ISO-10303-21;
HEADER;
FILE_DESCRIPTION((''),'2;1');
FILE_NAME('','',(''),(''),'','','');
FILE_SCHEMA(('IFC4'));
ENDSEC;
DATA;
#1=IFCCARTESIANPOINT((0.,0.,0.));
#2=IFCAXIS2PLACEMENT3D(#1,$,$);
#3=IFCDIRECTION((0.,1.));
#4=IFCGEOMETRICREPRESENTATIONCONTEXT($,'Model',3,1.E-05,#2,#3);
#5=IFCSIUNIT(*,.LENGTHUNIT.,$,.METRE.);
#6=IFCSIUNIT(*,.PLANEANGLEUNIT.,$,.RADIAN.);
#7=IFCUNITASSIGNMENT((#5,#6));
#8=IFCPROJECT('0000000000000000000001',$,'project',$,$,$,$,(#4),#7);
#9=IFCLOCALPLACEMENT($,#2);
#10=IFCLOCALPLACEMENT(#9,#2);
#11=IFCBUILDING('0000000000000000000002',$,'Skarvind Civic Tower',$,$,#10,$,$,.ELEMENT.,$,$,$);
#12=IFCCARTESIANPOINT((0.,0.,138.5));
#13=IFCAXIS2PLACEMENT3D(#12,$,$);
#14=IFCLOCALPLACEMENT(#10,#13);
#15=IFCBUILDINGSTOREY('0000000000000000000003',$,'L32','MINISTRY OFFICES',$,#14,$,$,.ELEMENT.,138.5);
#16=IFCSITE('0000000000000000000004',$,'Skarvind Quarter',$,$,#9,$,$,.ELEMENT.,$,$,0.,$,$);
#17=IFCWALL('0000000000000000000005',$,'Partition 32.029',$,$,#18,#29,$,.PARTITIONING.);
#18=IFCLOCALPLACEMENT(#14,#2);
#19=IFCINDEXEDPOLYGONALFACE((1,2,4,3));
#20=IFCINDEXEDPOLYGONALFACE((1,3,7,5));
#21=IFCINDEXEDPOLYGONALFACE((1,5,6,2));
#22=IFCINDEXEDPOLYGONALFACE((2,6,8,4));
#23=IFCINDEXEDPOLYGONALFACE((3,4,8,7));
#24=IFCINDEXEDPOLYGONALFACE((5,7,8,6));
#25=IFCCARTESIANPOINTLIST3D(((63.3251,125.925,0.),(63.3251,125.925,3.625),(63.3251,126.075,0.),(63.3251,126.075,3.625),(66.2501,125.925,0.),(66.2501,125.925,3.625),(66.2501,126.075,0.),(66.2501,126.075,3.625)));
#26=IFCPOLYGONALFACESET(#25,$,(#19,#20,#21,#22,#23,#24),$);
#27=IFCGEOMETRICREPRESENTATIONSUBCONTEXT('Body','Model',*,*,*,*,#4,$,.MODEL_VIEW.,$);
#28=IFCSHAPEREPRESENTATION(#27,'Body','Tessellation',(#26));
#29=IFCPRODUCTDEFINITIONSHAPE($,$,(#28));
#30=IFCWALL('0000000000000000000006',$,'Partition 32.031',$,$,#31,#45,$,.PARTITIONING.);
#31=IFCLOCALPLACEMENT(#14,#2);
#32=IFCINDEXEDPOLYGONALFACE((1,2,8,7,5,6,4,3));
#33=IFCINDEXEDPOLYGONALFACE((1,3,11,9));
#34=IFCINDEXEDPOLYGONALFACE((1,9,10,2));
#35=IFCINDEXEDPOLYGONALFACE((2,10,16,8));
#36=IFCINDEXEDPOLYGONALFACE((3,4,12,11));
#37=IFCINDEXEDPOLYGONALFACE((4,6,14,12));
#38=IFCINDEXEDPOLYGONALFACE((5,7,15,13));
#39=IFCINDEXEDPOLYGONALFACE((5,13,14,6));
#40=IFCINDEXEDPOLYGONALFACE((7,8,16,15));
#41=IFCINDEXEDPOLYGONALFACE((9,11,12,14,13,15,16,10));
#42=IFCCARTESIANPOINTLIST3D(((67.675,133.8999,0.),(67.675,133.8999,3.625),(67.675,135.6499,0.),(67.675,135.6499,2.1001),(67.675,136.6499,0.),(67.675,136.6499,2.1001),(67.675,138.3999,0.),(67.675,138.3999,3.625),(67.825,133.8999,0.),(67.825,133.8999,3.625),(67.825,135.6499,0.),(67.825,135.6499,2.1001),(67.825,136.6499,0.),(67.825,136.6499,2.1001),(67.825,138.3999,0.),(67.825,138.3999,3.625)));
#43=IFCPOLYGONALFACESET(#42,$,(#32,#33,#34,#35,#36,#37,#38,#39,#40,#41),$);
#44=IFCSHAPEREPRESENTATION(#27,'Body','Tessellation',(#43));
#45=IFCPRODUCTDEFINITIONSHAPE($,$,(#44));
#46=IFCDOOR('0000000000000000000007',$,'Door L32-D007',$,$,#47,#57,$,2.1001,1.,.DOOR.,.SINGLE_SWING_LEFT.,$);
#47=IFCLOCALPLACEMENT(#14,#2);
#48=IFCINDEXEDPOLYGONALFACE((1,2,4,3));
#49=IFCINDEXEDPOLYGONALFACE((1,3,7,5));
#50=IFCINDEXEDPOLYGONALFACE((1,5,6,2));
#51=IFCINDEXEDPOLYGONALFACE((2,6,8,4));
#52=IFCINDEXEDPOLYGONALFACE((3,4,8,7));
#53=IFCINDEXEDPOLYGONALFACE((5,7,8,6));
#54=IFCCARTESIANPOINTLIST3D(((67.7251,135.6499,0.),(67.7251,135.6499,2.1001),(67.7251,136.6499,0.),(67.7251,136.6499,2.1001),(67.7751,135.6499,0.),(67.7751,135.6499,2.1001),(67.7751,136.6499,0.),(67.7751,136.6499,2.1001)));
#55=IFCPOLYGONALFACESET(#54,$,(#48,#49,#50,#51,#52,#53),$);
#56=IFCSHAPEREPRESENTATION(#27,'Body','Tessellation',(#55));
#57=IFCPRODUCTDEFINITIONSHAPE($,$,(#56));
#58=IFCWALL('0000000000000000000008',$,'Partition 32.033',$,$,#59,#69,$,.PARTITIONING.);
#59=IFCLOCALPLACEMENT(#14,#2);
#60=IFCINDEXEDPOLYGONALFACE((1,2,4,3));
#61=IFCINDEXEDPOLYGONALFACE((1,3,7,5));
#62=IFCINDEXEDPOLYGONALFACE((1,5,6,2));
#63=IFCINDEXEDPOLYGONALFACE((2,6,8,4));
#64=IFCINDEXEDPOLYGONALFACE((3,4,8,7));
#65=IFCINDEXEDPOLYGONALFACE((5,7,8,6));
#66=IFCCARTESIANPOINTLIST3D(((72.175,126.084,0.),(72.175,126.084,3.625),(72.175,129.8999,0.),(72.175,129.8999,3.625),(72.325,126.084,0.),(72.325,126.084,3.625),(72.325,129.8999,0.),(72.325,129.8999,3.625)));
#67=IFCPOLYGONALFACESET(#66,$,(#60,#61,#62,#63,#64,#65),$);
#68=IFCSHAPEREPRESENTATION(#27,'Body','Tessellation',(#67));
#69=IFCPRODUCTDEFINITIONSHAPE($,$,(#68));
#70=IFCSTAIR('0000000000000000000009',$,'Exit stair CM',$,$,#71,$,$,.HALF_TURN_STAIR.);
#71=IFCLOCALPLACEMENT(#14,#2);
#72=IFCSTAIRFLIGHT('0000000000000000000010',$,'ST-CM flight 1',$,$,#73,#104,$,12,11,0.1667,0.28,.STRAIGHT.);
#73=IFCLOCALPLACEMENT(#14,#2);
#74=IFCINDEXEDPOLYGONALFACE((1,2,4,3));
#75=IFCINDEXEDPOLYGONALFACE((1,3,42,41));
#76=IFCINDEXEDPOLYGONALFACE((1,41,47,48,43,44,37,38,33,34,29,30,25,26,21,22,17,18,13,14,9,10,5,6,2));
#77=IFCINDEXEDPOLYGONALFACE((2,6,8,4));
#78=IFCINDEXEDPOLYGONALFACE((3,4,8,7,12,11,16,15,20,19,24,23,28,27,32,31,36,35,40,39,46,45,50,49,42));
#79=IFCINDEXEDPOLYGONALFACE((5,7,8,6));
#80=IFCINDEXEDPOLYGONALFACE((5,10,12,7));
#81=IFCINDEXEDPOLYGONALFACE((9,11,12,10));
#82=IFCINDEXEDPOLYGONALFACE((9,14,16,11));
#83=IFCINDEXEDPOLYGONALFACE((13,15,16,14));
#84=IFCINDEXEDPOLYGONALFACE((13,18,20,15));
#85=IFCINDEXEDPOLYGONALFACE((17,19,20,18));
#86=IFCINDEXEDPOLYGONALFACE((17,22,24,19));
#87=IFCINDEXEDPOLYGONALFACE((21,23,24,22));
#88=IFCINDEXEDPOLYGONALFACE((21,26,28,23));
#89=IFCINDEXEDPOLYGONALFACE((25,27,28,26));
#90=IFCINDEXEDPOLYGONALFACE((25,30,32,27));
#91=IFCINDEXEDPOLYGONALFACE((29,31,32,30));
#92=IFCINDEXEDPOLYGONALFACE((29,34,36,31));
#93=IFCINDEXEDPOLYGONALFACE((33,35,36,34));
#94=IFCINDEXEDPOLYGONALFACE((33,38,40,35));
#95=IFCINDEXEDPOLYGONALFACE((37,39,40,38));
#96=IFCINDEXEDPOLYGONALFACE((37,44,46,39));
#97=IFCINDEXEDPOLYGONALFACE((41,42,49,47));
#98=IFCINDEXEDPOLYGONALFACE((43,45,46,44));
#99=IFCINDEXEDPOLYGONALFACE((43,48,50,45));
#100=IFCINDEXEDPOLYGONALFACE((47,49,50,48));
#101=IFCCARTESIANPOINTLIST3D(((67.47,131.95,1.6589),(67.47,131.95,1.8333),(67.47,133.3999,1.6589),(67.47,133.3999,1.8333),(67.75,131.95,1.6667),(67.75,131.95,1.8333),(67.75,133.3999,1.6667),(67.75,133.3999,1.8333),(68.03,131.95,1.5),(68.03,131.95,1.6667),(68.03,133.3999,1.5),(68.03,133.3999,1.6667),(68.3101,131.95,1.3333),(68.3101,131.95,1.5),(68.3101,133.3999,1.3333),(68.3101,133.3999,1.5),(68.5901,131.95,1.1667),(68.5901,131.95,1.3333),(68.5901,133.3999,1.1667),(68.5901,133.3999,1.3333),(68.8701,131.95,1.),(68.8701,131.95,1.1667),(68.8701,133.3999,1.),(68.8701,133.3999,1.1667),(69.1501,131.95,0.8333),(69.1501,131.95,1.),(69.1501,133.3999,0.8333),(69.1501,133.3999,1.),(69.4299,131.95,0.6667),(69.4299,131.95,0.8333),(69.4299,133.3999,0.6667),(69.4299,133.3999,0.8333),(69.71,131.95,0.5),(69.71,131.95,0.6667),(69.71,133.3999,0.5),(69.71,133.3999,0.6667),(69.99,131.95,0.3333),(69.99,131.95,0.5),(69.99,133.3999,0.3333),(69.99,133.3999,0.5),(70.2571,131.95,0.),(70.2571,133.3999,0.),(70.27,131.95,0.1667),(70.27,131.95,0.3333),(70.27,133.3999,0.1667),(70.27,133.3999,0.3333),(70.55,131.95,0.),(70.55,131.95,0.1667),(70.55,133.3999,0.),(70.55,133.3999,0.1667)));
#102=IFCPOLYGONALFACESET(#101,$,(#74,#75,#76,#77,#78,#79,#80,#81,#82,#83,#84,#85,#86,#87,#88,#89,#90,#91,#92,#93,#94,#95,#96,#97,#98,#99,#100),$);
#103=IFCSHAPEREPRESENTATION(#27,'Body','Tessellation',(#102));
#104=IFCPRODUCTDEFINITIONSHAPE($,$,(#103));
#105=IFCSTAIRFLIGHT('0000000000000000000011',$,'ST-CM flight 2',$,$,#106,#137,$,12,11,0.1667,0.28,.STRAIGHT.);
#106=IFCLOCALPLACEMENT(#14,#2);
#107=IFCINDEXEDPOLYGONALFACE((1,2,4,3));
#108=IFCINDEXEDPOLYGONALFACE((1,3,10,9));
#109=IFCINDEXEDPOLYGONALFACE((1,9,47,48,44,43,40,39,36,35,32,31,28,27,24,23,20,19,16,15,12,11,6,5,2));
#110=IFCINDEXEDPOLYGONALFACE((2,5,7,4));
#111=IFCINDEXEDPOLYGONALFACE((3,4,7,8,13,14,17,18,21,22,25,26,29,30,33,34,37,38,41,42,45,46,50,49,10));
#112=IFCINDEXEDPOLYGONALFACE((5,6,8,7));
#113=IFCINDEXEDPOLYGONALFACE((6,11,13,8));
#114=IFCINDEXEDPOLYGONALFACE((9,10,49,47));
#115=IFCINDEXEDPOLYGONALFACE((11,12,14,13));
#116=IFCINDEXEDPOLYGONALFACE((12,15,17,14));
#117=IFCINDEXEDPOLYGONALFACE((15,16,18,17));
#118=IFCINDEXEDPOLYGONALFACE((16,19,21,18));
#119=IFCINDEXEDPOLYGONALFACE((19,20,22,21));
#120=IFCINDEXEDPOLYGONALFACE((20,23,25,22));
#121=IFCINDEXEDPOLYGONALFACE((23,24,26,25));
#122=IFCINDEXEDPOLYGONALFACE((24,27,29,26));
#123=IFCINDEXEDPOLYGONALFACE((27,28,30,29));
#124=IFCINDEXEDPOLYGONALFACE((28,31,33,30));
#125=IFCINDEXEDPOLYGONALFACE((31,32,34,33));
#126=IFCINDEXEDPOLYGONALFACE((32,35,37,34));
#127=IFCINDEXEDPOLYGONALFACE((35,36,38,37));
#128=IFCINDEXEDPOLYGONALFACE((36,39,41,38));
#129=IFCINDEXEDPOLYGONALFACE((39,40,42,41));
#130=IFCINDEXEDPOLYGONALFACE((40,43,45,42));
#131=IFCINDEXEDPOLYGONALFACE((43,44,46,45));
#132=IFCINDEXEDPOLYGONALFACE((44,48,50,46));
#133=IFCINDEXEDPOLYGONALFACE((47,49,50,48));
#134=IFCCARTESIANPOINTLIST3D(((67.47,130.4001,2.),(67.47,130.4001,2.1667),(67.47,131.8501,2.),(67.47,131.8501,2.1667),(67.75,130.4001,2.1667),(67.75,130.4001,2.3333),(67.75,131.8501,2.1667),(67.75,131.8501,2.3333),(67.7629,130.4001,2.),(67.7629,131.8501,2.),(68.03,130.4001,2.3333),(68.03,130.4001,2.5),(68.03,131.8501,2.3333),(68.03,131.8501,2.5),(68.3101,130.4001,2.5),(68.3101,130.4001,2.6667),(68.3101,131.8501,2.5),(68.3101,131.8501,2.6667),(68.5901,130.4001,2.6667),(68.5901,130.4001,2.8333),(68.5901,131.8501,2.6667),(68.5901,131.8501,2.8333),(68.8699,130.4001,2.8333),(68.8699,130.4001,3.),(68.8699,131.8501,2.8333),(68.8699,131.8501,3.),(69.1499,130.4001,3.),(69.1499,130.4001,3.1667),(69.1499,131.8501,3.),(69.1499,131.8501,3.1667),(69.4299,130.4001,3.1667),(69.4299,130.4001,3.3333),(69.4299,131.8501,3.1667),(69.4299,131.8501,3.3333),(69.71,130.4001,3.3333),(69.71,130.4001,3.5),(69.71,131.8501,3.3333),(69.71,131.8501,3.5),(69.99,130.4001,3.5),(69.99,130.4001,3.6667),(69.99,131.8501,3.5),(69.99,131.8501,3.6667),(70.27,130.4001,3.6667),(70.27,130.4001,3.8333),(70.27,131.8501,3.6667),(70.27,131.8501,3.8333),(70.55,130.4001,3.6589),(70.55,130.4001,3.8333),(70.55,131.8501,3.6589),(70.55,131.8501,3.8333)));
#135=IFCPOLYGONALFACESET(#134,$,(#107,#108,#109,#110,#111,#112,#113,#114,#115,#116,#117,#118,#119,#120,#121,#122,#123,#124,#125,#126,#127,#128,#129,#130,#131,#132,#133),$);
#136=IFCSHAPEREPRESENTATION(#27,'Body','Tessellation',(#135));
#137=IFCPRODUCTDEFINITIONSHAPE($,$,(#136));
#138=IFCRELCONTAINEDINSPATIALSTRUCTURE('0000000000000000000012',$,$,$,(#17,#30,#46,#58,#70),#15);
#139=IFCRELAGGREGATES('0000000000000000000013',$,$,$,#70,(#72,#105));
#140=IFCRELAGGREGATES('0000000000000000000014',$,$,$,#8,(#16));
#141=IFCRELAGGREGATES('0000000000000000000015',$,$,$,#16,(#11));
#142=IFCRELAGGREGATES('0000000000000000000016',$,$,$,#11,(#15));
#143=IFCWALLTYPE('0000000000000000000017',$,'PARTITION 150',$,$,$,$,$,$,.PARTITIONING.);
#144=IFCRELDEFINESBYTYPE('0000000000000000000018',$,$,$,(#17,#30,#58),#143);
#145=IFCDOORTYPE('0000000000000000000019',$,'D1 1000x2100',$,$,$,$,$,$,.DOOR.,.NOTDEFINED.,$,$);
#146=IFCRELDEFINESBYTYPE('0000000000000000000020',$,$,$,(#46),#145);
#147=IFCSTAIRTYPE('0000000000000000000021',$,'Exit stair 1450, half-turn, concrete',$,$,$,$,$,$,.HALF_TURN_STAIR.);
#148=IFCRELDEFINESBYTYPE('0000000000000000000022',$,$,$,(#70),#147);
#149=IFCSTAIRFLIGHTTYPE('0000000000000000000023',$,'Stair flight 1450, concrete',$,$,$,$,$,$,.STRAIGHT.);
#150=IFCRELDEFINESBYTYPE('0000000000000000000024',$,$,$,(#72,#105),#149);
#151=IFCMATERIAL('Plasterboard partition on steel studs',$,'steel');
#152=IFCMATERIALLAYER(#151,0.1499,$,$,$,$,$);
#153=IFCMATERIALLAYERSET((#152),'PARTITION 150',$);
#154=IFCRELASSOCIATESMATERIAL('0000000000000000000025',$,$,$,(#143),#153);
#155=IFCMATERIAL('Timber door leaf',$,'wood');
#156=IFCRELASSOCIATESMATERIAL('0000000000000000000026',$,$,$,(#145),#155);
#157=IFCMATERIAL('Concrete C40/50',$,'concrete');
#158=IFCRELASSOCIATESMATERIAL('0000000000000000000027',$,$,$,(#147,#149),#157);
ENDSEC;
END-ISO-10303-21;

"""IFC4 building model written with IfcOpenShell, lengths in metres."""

from ifc_helpers import new_model, si_unit, direction, frame, frame_2d, origin, place, context, subcontext, project, spatial, polyline, rectangle, outline, extrude, material, layer, layer_set, type_object, element, fill, aggregate, save


model = new_model("IFC4")

# Units and contexts
model_context = context("Model", 3, precision=1e-05, world=origin(), true_north=direction((0.0, 1.0)))
body_context = subcontext(model_context, "Body", "Model", "MODEL_VIEW")
ifc_project = project(units=[si_unit("LENGTHUNIT", "METRE"), si_unit("PLANEANGLEUNIT", "RADIAN")], contexts=[model_context])

# Site, building, storey
site_placement = place(None, origin())
site = spatial("IfcSite", under=ifc_project, at=site_placement, Name="Skarvind Quarter", CompositionType="ELEMENT", RefElevation=0.0)
building_placement = place(site_placement, origin())
building = spatial("IfcBuilding", under=site, at=building_placement, Name="Skarvind Civic Tower", CompositionType="ELEMENT")
storey_placement = place(building_placement, frame((0.0, 0.0, 138.5)))
storey = spatial("IfcBuildingStorey", under=building, at=storey_placement, Name="L32", Description="MINISTRY OFFICES", CompositionType="ELEMENT", Elevation=138.5)

# Shared definitions
ifc_material_1 = material(Name="Timber door leaf", Category="wood")

# Shared definitions
ifc_material_2 = material(Name="Plasterboard partition on steel studs", Category="steel")
ifc_layer_1 = layer(ifc_material_2, 0.1499)
ifc_layer_set_1 = layer_set([ifc_layer_1], Name="PARTITION 150")
wall_type_1 = type_object("IfcWallType", Name="PARTITION 150", PredefinedType="PARTITIONING", material=ifc_layer_set_1)
door_type_1 = type_object("IfcDoorType", Name="D1 1000x2100", OperationType="NOTDEFINED", PredefinedType="DOOR", material=ifc_material_1)

# Wall
wall_1_placement = place(storey_placement, frame((66.25, 126.0, 0.0), z_axis=(0.0, 0.0, 1.0), x_axis=(-1.0, 0.0, 0.0)))
element("IfcWall", 1, at=wall_1_placement, inside=storey, type_object=wall_type_1, Name="Partition 32.029", PredefinedType="PARTITIONING", context=body_context, shape_type="SweptSolid", body=[
    extrude(rectangle(XDim=2.925, YDim=0.1499, at=frame_2d((1.4624, 0.0))), origin(), (0.0, 0.0, 1.0), 3.625),
])

# Wall, opening, door
wall_2_placement = place(storey_placement, frame((67.75, 133.8999, 0.0), z_axis=(0.0, 0.0, 1.0), x_axis=(0.0, 1.0, 0.0)))
wall_2 = element("IfcWall", 2, at=wall_2_placement, inside=storey, type_object=wall_type_1, Name="Partition 32.031", PredefinedType="PARTITIONING", context=body_context, shape_type="SweptSolid", body=[
    extrude(rectangle(XDim=4.5, YDim=0.1499, at=frame_2d((2.25, 0.0))), origin(), (0.0, 0.0, 1.0), 3.625),
])
opening_1_placement = place(wall_2_placement, frame((1.75, 0.0, 0.0)))
opening_1 = element("IfcOpeningElement", 3, at=opening_1_placement, cuts=wall_2, PredefinedType="OPENING", context=body_context, shape_type="SweptSolid", body=[
    extrude(rectangle(XDim=1.0, YDim=2.1001, at=frame_2d((0.5, 1.05))), frame((0.0, 0.085, 0.0), z_axis=(0.0, -1.0, 0.0), x_axis=(1.0, 0.0, 0.0)), (0.0, 0.0, 1.0), 0.1699),
])
door_1_placement = place(opening_1_placement, origin())
door_1 = element("IfcDoor", 4, at=door_1_placement, inside=storey, type_object=door_type_1, Name="Door L32-D007", OperationType="SINGLE_SWING_LEFT", OverallHeight=2.1001, OverallWidth=1.0, PredefinedType="DOOR", context=body_context, shape_type="SweptSolid", body=[
    extrude(rectangle(XDim=1.0, YDim=2.1001, at=frame_2d((0.5, 1.05))), frame((0.0, 0.0249, 0.0), z_axis=(0.0, -1.0, 0.0), x_axis=(1.0, 0.0, 0.0)), (0.0, 0.0, 1.0), 0.05),
])
fill(opening_1, door_1)

# Wall
wall_3_placement = place(storey_placement, frame((72.25, 126.084, 0.0), z_axis=(0.0, 0.0, 1.0), x_axis=(0.0, 1.0, 0.0)))
element("IfcWall", 5, at=wall_3_placement, inside=storey, type_object=wall_type_1, Name="Partition 32.033", PredefinedType="PARTITIONING", context=body_context, shape_type="SweptSolid", body=[
    extrude(rectangle(XDim=3.8159, YDim=0.1499, at=frame_2d((1.908, 0.0))), origin(), (0.0, 0.0, 1.0), 3.625),
])

# Stair, stair flights
ifc_material_3 = material(Name="Concrete C40/50", Category="concrete")
stair_type = type_object("IfcStairType", Name="Exit stair 1450, half-turn, concrete", PredefinedType="HALF_TURN_STAIR", material=ifc_material_3)
stair_placement = place(storey_placement, origin())
stair = element("IfcStair", 6, at=stair_placement, inside=storey, type_object=stair_type, Name="Exit stair CM", PredefinedType="HALF_TURN_STAIR")
stair_flight_type = type_object("IfcStairFlightType", Name="Stair flight 1450, concrete", PredefinedType="STRAIGHT", material=ifc_material_3)
stair_flight_1_placement = place(storey_placement, frame((70.55, 132.675, 0.0), z_axis=(0.0, 0.0, 1.0), x_axis=(-1.0, 0.0, 0.0)))
stair_flight_1 = element("IfcStairFlight", 7, at=stair_flight_1_placement, type_object=stair_flight_type, Name="ST-CM flight 1", NumberOfRisers=12, NumberOfTreads=11, PredefinedType="STRAIGHT", RiserHeight=0.1667, TreadLength=0.28, context=body_context, shape_type="SweptSolid", body=[
    extrude(outline(polyline([(0.0, 0.0), (0.0, 0.1667), (0.28, 0.1667), (0.28, 0.3333), (0.5601, 0.3333), (0.5601, 0.5), (0.8401, 0.5), (0.8401, 0.6667), (1.1201, 0.6667), (1.1201, 0.8333), (1.3999, 0.8333), (1.3999, 1.0), (1.6799, 1.0), (1.6799, 1.1667), (1.96, 1.1667), (1.96, 1.3333), (2.24, 1.3333), (2.24, 1.5), (2.52, 1.5), (2.52, 1.6667), (2.8, 1.6667), (2.8, 1.8333), (3.0801, 1.8333), (3.0801, 2.0), (3.0801, 1.6589), (0.293, 0.0), (0.0, 0.0)])), frame((0.0, 0.7251, 0.0), z_axis=(0.0, -1.0, 0.0), x_axis=(1.0, 0.0, 0.0)), (0.0, 0.0, 1.0), 1.45),
])
stair_flight_2_placement = place(storey_placement, frame((67.47, 131.125, 2.0), z_axis=(0.0, 0.0, 1.0), x_axis=(1.0, 0.0, 0.0)))
stair_flight_2 = element("IfcStairFlight", 8, at=stair_flight_2_placement, type_object=stair_flight_type, Name="ST-CM flight 2", NumberOfRisers=12, NumberOfTreads=11, PredefinedType="STRAIGHT", RiserHeight=0.1667, TreadLength=0.28, context=body_context, shape_type="SweptSolid", body=[
    extrude(outline(polyline([(0.0, 0.0), (0.0, 0.1667), (0.28, 0.1667), (0.28, 0.3333), (0.5601, 0.3333), (0.5601, 0.5), (0.8401, 0.5), (0.8401, 0.6667), (1.1201, 0.6667), (1.1201, 0.8333), (1.3999, 0.8333), (1.3999, 1.0), (1.6799, 1.0), (1.6799, 1.1667), (1.96, 1.1667), (1.96, 1.3333), (2.24, 1.3333), (2.24, 1.5), (2.52, 1.5), (2.52, 1.6667), (2.8, 1.6667), (2.8, 1.8333), (3.0801, 1.8333), (3.0801, 2.0), (3.0801, 1.6589), (0.293, 0.0), (0.0, 0.0)])), frame((0.0, 0.7251, 0.0), z_axis=(0.0, -1.0, 0.0), x_axis=(1.0, 0.0, 0.0)), (0.0, 0.0, 1.0), 1.45),
])
aggregate(stair, [stair_flight_1, stair_flight_2])

save(model, "model.ifc")
